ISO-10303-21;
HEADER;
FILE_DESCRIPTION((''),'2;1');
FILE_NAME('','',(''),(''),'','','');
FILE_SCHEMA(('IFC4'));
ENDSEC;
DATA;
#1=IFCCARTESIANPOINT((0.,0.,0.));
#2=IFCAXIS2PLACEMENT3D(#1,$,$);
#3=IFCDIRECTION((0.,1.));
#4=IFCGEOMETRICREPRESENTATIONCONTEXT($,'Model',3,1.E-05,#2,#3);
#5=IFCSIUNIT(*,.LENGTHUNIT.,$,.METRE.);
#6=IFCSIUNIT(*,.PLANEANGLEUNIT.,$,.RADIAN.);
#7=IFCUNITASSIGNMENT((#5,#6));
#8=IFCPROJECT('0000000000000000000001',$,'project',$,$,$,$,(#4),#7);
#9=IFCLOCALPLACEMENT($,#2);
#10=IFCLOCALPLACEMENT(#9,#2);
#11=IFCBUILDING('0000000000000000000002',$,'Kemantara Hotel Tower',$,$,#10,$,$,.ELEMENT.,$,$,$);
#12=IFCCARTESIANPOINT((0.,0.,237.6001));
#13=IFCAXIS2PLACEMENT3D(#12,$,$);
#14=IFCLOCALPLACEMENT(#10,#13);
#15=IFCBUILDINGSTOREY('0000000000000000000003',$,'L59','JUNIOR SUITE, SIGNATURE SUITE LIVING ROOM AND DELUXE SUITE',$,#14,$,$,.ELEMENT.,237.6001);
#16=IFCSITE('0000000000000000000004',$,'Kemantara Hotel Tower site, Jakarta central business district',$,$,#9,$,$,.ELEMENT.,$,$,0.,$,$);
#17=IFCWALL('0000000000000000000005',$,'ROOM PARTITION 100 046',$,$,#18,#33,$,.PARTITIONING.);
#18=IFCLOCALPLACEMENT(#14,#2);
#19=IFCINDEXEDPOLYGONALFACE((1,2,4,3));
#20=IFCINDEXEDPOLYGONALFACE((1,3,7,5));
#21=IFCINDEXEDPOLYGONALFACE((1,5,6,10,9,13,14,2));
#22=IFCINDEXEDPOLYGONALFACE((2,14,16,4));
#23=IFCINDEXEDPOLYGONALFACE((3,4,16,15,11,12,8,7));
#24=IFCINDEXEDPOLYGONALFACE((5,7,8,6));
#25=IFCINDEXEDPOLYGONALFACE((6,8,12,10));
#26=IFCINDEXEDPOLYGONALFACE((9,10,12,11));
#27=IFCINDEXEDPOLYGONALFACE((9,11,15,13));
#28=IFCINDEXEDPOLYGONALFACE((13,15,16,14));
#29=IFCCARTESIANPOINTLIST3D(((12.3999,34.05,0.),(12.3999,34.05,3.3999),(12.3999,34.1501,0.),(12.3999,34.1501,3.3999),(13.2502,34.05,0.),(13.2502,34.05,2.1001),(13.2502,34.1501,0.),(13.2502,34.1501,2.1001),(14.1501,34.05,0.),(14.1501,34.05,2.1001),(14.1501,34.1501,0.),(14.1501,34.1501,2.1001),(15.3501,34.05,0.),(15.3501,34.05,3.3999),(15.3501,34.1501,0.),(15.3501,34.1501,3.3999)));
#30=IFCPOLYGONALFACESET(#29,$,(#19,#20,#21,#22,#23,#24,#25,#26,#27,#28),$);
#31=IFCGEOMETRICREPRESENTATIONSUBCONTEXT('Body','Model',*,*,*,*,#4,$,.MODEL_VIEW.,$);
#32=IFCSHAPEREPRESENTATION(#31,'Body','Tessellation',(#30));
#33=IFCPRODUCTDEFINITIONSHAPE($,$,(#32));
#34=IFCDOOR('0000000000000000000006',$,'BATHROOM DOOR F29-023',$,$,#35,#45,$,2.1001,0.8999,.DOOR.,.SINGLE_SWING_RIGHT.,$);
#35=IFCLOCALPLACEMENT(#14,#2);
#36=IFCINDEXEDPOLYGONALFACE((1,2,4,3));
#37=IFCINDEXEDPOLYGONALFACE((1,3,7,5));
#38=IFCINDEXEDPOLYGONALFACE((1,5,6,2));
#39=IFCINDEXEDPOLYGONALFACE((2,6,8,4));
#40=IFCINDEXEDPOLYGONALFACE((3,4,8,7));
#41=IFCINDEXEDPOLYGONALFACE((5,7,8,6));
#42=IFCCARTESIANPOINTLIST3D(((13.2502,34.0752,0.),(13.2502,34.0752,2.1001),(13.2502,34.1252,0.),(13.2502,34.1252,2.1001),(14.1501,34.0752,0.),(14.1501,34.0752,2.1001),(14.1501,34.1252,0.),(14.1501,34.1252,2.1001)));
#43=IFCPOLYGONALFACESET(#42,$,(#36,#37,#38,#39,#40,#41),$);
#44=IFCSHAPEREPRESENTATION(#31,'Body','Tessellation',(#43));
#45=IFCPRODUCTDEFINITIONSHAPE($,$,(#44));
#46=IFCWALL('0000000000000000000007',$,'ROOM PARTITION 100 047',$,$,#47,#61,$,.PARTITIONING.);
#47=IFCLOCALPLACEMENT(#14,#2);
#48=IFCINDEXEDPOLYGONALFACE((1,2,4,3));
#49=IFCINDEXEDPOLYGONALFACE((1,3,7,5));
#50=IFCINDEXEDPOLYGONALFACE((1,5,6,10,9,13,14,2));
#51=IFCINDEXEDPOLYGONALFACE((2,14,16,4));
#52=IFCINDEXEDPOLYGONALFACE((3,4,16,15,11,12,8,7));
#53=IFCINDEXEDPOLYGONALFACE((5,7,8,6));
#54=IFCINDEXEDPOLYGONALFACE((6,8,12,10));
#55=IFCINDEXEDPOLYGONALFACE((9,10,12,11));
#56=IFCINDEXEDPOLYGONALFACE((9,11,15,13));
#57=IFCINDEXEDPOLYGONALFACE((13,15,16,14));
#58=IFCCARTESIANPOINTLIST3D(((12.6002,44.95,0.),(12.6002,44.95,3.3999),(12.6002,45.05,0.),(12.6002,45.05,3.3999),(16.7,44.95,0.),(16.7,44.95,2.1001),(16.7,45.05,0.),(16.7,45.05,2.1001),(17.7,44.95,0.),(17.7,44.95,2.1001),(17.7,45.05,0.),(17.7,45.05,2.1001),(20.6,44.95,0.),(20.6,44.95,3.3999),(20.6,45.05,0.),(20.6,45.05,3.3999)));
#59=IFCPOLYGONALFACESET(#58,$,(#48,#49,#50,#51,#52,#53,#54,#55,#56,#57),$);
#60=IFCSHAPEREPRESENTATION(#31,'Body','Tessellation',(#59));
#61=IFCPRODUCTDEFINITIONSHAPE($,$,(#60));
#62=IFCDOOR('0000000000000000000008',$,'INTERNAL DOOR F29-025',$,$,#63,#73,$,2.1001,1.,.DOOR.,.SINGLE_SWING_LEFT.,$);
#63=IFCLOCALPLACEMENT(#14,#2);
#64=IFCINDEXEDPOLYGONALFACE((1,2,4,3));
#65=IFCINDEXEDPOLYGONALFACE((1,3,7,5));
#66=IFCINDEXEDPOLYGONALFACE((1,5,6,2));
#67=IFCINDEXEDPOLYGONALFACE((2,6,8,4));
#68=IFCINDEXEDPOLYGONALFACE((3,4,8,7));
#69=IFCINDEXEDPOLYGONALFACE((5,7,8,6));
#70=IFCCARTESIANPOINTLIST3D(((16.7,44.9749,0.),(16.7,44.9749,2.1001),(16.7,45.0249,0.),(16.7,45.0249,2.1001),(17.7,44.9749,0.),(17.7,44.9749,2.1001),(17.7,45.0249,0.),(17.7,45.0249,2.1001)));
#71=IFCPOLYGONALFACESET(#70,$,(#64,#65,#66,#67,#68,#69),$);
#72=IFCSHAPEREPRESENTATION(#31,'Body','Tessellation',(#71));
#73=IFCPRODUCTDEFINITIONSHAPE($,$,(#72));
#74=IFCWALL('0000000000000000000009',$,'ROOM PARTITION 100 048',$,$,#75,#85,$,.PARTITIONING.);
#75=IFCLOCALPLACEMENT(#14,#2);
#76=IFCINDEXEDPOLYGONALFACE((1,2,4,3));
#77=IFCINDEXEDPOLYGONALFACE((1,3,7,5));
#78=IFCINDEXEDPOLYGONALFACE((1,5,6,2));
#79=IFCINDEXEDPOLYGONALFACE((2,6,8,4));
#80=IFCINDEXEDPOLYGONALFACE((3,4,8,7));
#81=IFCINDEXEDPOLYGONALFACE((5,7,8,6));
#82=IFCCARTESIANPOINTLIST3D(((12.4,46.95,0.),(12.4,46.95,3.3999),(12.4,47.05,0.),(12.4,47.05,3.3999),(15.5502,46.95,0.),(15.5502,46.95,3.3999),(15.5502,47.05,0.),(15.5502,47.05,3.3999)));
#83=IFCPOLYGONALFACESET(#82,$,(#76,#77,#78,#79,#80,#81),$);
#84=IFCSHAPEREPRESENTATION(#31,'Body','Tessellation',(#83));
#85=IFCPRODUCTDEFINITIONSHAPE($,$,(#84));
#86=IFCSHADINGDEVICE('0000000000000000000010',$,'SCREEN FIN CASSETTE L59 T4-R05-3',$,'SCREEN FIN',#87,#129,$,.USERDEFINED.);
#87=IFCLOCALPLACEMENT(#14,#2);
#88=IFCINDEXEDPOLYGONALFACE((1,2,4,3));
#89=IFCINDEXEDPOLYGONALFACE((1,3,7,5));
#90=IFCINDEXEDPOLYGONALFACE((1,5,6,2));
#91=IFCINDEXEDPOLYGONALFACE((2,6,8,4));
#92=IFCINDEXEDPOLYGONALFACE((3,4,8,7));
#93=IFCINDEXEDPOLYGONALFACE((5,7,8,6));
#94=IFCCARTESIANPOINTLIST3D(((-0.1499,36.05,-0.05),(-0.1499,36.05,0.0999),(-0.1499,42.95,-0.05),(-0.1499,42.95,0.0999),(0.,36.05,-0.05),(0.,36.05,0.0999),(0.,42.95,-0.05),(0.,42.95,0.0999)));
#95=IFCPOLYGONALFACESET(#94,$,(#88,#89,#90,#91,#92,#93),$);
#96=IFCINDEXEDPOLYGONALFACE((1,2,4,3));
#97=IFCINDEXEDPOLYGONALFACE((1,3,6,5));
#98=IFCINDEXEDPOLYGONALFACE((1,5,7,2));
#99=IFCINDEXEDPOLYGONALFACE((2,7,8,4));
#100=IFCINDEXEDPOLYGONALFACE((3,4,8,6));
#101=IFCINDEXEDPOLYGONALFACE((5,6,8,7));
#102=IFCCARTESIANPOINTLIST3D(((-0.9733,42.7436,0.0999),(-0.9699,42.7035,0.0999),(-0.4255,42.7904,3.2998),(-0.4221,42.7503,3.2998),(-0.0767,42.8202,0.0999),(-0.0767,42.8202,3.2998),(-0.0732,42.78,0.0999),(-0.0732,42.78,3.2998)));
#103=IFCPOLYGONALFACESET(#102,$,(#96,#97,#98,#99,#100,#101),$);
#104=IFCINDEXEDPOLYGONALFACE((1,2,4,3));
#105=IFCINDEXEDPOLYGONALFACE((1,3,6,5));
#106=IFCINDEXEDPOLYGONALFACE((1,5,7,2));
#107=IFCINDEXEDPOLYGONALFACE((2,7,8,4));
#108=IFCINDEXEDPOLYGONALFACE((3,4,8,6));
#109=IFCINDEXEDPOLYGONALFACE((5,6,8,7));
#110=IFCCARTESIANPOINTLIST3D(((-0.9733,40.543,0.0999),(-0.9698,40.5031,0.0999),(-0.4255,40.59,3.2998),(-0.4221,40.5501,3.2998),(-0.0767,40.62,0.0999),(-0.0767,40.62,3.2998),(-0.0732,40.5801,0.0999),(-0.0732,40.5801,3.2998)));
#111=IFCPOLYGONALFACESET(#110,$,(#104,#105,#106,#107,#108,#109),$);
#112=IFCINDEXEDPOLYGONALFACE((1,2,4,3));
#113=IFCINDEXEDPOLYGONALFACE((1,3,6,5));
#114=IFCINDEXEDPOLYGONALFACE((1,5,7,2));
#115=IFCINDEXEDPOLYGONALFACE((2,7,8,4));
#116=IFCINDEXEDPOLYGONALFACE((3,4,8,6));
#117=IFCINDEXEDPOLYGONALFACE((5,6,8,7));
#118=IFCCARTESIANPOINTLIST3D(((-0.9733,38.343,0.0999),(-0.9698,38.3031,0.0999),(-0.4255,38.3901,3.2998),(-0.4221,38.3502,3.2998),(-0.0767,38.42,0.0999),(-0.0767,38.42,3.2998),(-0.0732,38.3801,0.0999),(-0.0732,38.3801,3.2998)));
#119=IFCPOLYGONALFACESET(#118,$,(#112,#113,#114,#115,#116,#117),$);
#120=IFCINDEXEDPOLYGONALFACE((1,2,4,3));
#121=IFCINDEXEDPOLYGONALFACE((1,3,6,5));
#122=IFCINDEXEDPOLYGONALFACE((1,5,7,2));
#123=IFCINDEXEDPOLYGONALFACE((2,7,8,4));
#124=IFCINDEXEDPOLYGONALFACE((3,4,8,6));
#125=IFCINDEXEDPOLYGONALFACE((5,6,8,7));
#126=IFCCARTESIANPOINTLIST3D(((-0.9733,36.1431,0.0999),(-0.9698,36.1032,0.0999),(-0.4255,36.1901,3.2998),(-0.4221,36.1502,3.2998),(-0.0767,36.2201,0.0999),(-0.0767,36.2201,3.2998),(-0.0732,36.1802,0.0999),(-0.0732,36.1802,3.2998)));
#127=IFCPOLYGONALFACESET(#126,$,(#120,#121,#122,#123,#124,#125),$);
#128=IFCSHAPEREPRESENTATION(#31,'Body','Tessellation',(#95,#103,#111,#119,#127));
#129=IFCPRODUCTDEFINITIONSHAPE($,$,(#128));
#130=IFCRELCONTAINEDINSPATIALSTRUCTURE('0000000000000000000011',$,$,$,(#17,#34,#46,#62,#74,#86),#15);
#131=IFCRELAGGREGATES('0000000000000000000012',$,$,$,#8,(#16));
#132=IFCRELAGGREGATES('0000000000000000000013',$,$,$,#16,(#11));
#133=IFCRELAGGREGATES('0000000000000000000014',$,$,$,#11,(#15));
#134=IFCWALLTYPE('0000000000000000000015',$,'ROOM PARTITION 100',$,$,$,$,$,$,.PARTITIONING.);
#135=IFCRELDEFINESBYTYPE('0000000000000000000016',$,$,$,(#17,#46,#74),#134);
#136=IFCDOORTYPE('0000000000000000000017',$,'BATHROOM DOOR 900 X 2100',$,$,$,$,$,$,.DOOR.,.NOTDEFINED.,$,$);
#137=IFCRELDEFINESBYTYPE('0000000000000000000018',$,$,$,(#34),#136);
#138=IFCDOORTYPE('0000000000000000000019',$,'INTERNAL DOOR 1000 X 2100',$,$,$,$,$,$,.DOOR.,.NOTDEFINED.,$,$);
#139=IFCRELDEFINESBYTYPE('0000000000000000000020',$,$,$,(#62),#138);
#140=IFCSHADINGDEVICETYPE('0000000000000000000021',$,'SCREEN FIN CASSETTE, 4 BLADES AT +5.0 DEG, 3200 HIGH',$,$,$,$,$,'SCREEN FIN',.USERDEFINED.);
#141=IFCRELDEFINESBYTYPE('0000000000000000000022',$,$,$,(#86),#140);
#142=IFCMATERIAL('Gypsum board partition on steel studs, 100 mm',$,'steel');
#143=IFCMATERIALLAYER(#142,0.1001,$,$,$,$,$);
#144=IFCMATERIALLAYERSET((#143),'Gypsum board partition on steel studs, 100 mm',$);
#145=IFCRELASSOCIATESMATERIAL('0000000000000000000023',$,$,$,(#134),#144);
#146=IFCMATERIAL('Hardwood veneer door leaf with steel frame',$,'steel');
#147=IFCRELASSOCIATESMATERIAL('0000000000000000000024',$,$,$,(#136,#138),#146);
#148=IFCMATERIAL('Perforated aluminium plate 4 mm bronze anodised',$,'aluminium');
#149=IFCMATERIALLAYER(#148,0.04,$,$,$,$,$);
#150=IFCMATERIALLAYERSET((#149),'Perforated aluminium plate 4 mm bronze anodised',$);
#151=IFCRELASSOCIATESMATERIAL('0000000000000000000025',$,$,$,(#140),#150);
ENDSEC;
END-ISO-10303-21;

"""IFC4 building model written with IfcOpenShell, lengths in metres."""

from ifc_helpers import new_model, si_unit, direction, frame, frame_2d, origin, origin_2d, place, context, subcontext, project, spatial, polyline, rectangle, outline, extrude, source, transform, mapped, material, layer, layer_set, type_object, element, fill, save


model = new_model("IFC4")

# Units and contexts
model_context = context("Model", 3, precision=1e-05, world=origin(), true_north=direction((0.0, 1.0)))
body_context = subcontext(model_context, "Body", "Model", "MODEL_VIEW")
ifc_project = project(units=[si_unit("LENGTHUNIT", "METRE"), si_unit("PLANEANGLEUNIT", "RADIAN")], contexts=[model_context])

# Site, building, storey
site_placement = place(None, origin())
site = spatial("IfcSite", under=ifc_project, at=site_placement, Name="Kemantara Hotel Tower site, Jakarta central business district", CompositionType="ELEMENT", RefElevation=0.0)
building_placement = place(site_placement, origin())
building = spatial("IfcBuilding", under=site, at=building_placement, Name="Kemantara Hotel Tower", CompositionType="ELEMENT")
storey_placement = place(building_placement, frame((0.0, 0.0, 237.6001)))
storey = spatial("IfcBuildingStorey", under=building, at=storey_placement, Name="L59", Description="JUNIOR SUITE, SIGNATURE SUITE LIVING ROOM AND DELUXE SUITE", CompositionType="ELEMENT", Elevation=237.6001)

# Shared definitions
ifc_material_1 = material(Name="Hardwood veneer door leaf with steel frame", Category="steel")

# Shared definitions
ifc_material_2 = material(Name="Gypsum board partition on steel studs, 100 mm", Category="steel")
ifc_layer_1 = layer(ifc_material_2, 0.1001)
ifc_layer_set_1 = layer_set([ifc_layer_1], Name="Gypsum board partition on steel studs, 100 mm")
wall_type_1 = type_object("IfcWallType", Name="ROOM PARTITION 100", PredefinedType="PARTITIONING", material=ifc_layer_set_1)
door_type_1 = type_object("IfcDoorType", Name="BATHROOM DOOR 900 X 2100", OperationType="NOTDEFINED", PredefinedType="DOOR", material=ifc_material_1)

# Shared definitions
door_type_2 = type_object("IfcDoorType", Name="INTERNAL DOOR 1000 X 2100", OperationType="NOTDEFINED", PredefinedType="DOOR", material=ifc_material_1)

# Walls, openings, doors
wall_1_placement = place(storey_placement, frame((15.3501, 34.1001, 0.0), z_axis=(0.0, 0.0, 1.0), x_axis=(-1.0, 0.0, 0.0)))
wall_1 = element("IfcWall", 1, at=wall_1_placement, inside=storey, type_object=wall_type_1, Name="ROOM PARTITION 100 046", PredefinedType="PARTITIONING", context=body_context, shape_type="SweptSolid", body=[
    extrude(rectangle(XDim=2.9502, YDim=0.1001, at=frame_2d((1.4751, 0.0))), origin(), (0.0, 0.0, 1.0), 3.3999),
])
opening_1_placement = place(wall_1_placement, frame((1.2, 0.0, 0.0)))
opening_1 = element("IfcOpeningElement", 2, at=opening_1_placement, cuts=wall_1, PredefinedType="OPENING", context=body_context, shape_type="SweptSolid", body=[
    extrude(rectangle(XDim=0.8999, YDim=2.1001, at=frame_2d((0.45, 1.05))), frame((0.0, 0.0601, 0.0), z_axis=(0.0, -1.0, 0.0), x_axis=(1.0, 0.0, 0.0)), (0.0, 0.0, 1.0), 0.1201),
])
door_1_placement = place(opening_1_placement, origin())
door_1 = element("IfcDoor", 3, at=door_1_placement, inside=storey, type_object=door_type_1, Name="BATHROOM DOOR F29-023", OperationType="SINGLE_SWING_RIGHT", OverallHeight=2.1001, OverallWidth=0.8999, PredefinedType="DOOR", context=body_context, shape_type="SweptSolid", body=[
    extrude(rectangle(XDim=0.8999, YDim=2.1001, at=frame_2d((0.45, 1.05))), frame((0.0, 0.0249, 0.0), z_axis=(0.0, -1.0, 0.0), x_axis=(1.0, 0.0, 0.0)), (0.0, 0.0, 1.0), 0.05),
])
fill(opening_1, door_1)
wall_2_placement = place(storey_placement, frame((12.6001, 45.0, 0.0), z_axis=(0.0, 0.0, 1.0), x_axis=(1.0, 0.0, 0.0)))
wall_2 = element("IfcWall", 4, at=wall_2_placement, inside=storey, type_object=wall_type_1, Name="ROOM PARTITION 100 047", PredefinedType="PARTITIONING", context=body_context, shape_type="SweptSolid", body=[
    extrude(rectangle(XDim=7.9998, YDim=0.1001, at=frame_2d((4.0, 0.0))), origin(), (0.0, 0.0, 1.0), 3.3999),
])
opening_2_placement = place(wall_2_placement, frame((4.0999, 0.0, 0.0)))
opening_2 = element("IfcOpeningElement", 5, at=opening_2_placement, cuts=wall_2, PredefinedType="OPENING", context=body_context, shape_type="SweptSolid", body=[
    extrude(rectangle(XDim=1.0, YDim=2.1001, at=frame_2d((0.5, 1.05))), frame((0.0, 0.0601, 0.0), z_axis=(0.0, -1.0, 0.0), x_axis=(1.0, 0.0, 0.0)), (0.0, 0.0, 1.0), 0.1201),
])
door_2_placement = place(opening_2_placement, origin())
door_2 = element("IfcDoor", 6, at=door_2_placement, inside=storey, type_object=door_type_2, Name="INTERNAL DOOR F29-025", OperationType="SINGLE_SWING_LEFT", OverallHeight=2.1001, OverallWidth=1.0, PredefinedType="DOOR", context=body_context, shape_type="SweptSolid", body=[
    extrude(rectangle(XDim=1.0, YDim=2.1001, at=frame_2d((0.5, 1.05))), frame((0.0, 0.0249, 0.0), z_axis=(0.0, -1.0, 0.0), x_axis=(1.0, 0.0, 0.0)), (0.0, 0.0, 1.0), 0.05),
])
fill(opening_2, door_2)

# Wall
wall_3_placement = place(storey_placement, frame((12.3999, 47.0, 0.0), z_axis=(0.0, 0.0, 1.0), x_axis=(1.0, 0.0, 0.0)))
element("IfcWall", 7, at=wall_3_placement, inside=storey, type_object=wall_type_1, Name="ROOM PARTITION 100 048", PredefinedType="PARTITIONING", context=body_context, shape_type="SweptSolid", body=[
    extrude(rectangle(XDim=3.1501, YDim=0.1001, at=frame_2d((1.5752, 0.0))), origin(), (0.0, 0.0, 1.0), 3.3999),
])

# Shading device
ifc_material_3 = material(Name="Perforated aluminium plate 4 mm bronze anodised", Category="aluminium")
ifc_layer_2 = layer(ifc_material_3, 0.04)
ifc_layer_set_2 = layer_set([ifc_layer_2], Name="Perforated aluminium plate 4 mm bronze anodised")
shading_device_type = type_object("IfcShadingDeviceType", Name="SCREEN FIN CASSETTE, 4 BLADES AT +5.0 DEG, 3200 HIGH", ElementType="SCREEN FIN", PredefinedType="USERDEFINED", material=ifc_layer_set_2)
shared_shape = source(origin(), body_context, "Body", "SweptSolid", [
    extrude(rectangle(XDim=6.8999, YDim=0.1499, at=origin_2d()), frame((3.3, -0.075, -0.1499), z_axis=(0.0, 0.0, 1.0), x_axis=(1.0, 0.0, 0.0)), (0.0, 0.0, 1.0), 0.1499),
    extrude(outline(polyline([(0.0, 0.0), (0.8999, 0.0), (0.3501, 3.2), (0.0, 3.2), (0.0, 0.0)])), frame((0.02, -0.0732, 0.0), z_axis=(-0.996376, -0.085056, 0.0), x_axis=(0.085056, -0.996376, 0.0)), (0.0, 0.0, 1.0), 0.0403),
    extrude(outline(polyline([(0.0, 0.0), (0.8999, 0.0), (0.3501, 3.2), (0.0, 3.2), (0.0, 0.0)])), frame((2.22, -0.0732, 0.0), z_axis=(-0.996332, -0.085575, 0.0), x_axis=(0.085575, -0.996332, 0.0)), (0.0, 0.0, 1.0), 0.04),
    extrude(outline(polyline([(0.0, 0.0), (0.8999, 0.0), (0.3501, 3.2), (0.0, 3.2), (0.0, 0.0)])), frame((4.4199, -0.0732, 0.0), z_axis=(-0.996332, -0.085575, 0.0), x_axis=(0.085575, -0.996332, 0.0)), (0.0, 0.0, 1.0), 0.04),
    extrude(outline(polyline([(0.0, 0.0), (0.8999, 0.0), (0.3501, 3.2), (0.0, 3.2), (0.0, 0.0)])), frame((6.6199, -0.0732, 0.0), z_axis=(-0.996332, -0.085575, 0.0), x_axis=(0.085575, -0.996332, 0.0)), (0.0, 0.0, 1.0), 0.04),
])
shading_device_placement = place(storey_placement, frame((0.0, 42.8, 0.0999), z_axis=(0.0, 0.0, 1.0), x_axis=(0.0, -1.0, 0.0)))
element("IfcShadingDevice", 8, at=shading_device_placement, inside=storey, type_object=shading_device_type, Name="SCREEN FIN CASSETTE L59 T4-R05-3", ObjectType="SCREEN FIN", PredefinedType="USERDEFINED", context=body_context, shape_type="MappedRepresentation", body=[
    mapped(shared_shape, transform((0.0, 0.0, 0.0))),
])

save(model, "model.ifc")
